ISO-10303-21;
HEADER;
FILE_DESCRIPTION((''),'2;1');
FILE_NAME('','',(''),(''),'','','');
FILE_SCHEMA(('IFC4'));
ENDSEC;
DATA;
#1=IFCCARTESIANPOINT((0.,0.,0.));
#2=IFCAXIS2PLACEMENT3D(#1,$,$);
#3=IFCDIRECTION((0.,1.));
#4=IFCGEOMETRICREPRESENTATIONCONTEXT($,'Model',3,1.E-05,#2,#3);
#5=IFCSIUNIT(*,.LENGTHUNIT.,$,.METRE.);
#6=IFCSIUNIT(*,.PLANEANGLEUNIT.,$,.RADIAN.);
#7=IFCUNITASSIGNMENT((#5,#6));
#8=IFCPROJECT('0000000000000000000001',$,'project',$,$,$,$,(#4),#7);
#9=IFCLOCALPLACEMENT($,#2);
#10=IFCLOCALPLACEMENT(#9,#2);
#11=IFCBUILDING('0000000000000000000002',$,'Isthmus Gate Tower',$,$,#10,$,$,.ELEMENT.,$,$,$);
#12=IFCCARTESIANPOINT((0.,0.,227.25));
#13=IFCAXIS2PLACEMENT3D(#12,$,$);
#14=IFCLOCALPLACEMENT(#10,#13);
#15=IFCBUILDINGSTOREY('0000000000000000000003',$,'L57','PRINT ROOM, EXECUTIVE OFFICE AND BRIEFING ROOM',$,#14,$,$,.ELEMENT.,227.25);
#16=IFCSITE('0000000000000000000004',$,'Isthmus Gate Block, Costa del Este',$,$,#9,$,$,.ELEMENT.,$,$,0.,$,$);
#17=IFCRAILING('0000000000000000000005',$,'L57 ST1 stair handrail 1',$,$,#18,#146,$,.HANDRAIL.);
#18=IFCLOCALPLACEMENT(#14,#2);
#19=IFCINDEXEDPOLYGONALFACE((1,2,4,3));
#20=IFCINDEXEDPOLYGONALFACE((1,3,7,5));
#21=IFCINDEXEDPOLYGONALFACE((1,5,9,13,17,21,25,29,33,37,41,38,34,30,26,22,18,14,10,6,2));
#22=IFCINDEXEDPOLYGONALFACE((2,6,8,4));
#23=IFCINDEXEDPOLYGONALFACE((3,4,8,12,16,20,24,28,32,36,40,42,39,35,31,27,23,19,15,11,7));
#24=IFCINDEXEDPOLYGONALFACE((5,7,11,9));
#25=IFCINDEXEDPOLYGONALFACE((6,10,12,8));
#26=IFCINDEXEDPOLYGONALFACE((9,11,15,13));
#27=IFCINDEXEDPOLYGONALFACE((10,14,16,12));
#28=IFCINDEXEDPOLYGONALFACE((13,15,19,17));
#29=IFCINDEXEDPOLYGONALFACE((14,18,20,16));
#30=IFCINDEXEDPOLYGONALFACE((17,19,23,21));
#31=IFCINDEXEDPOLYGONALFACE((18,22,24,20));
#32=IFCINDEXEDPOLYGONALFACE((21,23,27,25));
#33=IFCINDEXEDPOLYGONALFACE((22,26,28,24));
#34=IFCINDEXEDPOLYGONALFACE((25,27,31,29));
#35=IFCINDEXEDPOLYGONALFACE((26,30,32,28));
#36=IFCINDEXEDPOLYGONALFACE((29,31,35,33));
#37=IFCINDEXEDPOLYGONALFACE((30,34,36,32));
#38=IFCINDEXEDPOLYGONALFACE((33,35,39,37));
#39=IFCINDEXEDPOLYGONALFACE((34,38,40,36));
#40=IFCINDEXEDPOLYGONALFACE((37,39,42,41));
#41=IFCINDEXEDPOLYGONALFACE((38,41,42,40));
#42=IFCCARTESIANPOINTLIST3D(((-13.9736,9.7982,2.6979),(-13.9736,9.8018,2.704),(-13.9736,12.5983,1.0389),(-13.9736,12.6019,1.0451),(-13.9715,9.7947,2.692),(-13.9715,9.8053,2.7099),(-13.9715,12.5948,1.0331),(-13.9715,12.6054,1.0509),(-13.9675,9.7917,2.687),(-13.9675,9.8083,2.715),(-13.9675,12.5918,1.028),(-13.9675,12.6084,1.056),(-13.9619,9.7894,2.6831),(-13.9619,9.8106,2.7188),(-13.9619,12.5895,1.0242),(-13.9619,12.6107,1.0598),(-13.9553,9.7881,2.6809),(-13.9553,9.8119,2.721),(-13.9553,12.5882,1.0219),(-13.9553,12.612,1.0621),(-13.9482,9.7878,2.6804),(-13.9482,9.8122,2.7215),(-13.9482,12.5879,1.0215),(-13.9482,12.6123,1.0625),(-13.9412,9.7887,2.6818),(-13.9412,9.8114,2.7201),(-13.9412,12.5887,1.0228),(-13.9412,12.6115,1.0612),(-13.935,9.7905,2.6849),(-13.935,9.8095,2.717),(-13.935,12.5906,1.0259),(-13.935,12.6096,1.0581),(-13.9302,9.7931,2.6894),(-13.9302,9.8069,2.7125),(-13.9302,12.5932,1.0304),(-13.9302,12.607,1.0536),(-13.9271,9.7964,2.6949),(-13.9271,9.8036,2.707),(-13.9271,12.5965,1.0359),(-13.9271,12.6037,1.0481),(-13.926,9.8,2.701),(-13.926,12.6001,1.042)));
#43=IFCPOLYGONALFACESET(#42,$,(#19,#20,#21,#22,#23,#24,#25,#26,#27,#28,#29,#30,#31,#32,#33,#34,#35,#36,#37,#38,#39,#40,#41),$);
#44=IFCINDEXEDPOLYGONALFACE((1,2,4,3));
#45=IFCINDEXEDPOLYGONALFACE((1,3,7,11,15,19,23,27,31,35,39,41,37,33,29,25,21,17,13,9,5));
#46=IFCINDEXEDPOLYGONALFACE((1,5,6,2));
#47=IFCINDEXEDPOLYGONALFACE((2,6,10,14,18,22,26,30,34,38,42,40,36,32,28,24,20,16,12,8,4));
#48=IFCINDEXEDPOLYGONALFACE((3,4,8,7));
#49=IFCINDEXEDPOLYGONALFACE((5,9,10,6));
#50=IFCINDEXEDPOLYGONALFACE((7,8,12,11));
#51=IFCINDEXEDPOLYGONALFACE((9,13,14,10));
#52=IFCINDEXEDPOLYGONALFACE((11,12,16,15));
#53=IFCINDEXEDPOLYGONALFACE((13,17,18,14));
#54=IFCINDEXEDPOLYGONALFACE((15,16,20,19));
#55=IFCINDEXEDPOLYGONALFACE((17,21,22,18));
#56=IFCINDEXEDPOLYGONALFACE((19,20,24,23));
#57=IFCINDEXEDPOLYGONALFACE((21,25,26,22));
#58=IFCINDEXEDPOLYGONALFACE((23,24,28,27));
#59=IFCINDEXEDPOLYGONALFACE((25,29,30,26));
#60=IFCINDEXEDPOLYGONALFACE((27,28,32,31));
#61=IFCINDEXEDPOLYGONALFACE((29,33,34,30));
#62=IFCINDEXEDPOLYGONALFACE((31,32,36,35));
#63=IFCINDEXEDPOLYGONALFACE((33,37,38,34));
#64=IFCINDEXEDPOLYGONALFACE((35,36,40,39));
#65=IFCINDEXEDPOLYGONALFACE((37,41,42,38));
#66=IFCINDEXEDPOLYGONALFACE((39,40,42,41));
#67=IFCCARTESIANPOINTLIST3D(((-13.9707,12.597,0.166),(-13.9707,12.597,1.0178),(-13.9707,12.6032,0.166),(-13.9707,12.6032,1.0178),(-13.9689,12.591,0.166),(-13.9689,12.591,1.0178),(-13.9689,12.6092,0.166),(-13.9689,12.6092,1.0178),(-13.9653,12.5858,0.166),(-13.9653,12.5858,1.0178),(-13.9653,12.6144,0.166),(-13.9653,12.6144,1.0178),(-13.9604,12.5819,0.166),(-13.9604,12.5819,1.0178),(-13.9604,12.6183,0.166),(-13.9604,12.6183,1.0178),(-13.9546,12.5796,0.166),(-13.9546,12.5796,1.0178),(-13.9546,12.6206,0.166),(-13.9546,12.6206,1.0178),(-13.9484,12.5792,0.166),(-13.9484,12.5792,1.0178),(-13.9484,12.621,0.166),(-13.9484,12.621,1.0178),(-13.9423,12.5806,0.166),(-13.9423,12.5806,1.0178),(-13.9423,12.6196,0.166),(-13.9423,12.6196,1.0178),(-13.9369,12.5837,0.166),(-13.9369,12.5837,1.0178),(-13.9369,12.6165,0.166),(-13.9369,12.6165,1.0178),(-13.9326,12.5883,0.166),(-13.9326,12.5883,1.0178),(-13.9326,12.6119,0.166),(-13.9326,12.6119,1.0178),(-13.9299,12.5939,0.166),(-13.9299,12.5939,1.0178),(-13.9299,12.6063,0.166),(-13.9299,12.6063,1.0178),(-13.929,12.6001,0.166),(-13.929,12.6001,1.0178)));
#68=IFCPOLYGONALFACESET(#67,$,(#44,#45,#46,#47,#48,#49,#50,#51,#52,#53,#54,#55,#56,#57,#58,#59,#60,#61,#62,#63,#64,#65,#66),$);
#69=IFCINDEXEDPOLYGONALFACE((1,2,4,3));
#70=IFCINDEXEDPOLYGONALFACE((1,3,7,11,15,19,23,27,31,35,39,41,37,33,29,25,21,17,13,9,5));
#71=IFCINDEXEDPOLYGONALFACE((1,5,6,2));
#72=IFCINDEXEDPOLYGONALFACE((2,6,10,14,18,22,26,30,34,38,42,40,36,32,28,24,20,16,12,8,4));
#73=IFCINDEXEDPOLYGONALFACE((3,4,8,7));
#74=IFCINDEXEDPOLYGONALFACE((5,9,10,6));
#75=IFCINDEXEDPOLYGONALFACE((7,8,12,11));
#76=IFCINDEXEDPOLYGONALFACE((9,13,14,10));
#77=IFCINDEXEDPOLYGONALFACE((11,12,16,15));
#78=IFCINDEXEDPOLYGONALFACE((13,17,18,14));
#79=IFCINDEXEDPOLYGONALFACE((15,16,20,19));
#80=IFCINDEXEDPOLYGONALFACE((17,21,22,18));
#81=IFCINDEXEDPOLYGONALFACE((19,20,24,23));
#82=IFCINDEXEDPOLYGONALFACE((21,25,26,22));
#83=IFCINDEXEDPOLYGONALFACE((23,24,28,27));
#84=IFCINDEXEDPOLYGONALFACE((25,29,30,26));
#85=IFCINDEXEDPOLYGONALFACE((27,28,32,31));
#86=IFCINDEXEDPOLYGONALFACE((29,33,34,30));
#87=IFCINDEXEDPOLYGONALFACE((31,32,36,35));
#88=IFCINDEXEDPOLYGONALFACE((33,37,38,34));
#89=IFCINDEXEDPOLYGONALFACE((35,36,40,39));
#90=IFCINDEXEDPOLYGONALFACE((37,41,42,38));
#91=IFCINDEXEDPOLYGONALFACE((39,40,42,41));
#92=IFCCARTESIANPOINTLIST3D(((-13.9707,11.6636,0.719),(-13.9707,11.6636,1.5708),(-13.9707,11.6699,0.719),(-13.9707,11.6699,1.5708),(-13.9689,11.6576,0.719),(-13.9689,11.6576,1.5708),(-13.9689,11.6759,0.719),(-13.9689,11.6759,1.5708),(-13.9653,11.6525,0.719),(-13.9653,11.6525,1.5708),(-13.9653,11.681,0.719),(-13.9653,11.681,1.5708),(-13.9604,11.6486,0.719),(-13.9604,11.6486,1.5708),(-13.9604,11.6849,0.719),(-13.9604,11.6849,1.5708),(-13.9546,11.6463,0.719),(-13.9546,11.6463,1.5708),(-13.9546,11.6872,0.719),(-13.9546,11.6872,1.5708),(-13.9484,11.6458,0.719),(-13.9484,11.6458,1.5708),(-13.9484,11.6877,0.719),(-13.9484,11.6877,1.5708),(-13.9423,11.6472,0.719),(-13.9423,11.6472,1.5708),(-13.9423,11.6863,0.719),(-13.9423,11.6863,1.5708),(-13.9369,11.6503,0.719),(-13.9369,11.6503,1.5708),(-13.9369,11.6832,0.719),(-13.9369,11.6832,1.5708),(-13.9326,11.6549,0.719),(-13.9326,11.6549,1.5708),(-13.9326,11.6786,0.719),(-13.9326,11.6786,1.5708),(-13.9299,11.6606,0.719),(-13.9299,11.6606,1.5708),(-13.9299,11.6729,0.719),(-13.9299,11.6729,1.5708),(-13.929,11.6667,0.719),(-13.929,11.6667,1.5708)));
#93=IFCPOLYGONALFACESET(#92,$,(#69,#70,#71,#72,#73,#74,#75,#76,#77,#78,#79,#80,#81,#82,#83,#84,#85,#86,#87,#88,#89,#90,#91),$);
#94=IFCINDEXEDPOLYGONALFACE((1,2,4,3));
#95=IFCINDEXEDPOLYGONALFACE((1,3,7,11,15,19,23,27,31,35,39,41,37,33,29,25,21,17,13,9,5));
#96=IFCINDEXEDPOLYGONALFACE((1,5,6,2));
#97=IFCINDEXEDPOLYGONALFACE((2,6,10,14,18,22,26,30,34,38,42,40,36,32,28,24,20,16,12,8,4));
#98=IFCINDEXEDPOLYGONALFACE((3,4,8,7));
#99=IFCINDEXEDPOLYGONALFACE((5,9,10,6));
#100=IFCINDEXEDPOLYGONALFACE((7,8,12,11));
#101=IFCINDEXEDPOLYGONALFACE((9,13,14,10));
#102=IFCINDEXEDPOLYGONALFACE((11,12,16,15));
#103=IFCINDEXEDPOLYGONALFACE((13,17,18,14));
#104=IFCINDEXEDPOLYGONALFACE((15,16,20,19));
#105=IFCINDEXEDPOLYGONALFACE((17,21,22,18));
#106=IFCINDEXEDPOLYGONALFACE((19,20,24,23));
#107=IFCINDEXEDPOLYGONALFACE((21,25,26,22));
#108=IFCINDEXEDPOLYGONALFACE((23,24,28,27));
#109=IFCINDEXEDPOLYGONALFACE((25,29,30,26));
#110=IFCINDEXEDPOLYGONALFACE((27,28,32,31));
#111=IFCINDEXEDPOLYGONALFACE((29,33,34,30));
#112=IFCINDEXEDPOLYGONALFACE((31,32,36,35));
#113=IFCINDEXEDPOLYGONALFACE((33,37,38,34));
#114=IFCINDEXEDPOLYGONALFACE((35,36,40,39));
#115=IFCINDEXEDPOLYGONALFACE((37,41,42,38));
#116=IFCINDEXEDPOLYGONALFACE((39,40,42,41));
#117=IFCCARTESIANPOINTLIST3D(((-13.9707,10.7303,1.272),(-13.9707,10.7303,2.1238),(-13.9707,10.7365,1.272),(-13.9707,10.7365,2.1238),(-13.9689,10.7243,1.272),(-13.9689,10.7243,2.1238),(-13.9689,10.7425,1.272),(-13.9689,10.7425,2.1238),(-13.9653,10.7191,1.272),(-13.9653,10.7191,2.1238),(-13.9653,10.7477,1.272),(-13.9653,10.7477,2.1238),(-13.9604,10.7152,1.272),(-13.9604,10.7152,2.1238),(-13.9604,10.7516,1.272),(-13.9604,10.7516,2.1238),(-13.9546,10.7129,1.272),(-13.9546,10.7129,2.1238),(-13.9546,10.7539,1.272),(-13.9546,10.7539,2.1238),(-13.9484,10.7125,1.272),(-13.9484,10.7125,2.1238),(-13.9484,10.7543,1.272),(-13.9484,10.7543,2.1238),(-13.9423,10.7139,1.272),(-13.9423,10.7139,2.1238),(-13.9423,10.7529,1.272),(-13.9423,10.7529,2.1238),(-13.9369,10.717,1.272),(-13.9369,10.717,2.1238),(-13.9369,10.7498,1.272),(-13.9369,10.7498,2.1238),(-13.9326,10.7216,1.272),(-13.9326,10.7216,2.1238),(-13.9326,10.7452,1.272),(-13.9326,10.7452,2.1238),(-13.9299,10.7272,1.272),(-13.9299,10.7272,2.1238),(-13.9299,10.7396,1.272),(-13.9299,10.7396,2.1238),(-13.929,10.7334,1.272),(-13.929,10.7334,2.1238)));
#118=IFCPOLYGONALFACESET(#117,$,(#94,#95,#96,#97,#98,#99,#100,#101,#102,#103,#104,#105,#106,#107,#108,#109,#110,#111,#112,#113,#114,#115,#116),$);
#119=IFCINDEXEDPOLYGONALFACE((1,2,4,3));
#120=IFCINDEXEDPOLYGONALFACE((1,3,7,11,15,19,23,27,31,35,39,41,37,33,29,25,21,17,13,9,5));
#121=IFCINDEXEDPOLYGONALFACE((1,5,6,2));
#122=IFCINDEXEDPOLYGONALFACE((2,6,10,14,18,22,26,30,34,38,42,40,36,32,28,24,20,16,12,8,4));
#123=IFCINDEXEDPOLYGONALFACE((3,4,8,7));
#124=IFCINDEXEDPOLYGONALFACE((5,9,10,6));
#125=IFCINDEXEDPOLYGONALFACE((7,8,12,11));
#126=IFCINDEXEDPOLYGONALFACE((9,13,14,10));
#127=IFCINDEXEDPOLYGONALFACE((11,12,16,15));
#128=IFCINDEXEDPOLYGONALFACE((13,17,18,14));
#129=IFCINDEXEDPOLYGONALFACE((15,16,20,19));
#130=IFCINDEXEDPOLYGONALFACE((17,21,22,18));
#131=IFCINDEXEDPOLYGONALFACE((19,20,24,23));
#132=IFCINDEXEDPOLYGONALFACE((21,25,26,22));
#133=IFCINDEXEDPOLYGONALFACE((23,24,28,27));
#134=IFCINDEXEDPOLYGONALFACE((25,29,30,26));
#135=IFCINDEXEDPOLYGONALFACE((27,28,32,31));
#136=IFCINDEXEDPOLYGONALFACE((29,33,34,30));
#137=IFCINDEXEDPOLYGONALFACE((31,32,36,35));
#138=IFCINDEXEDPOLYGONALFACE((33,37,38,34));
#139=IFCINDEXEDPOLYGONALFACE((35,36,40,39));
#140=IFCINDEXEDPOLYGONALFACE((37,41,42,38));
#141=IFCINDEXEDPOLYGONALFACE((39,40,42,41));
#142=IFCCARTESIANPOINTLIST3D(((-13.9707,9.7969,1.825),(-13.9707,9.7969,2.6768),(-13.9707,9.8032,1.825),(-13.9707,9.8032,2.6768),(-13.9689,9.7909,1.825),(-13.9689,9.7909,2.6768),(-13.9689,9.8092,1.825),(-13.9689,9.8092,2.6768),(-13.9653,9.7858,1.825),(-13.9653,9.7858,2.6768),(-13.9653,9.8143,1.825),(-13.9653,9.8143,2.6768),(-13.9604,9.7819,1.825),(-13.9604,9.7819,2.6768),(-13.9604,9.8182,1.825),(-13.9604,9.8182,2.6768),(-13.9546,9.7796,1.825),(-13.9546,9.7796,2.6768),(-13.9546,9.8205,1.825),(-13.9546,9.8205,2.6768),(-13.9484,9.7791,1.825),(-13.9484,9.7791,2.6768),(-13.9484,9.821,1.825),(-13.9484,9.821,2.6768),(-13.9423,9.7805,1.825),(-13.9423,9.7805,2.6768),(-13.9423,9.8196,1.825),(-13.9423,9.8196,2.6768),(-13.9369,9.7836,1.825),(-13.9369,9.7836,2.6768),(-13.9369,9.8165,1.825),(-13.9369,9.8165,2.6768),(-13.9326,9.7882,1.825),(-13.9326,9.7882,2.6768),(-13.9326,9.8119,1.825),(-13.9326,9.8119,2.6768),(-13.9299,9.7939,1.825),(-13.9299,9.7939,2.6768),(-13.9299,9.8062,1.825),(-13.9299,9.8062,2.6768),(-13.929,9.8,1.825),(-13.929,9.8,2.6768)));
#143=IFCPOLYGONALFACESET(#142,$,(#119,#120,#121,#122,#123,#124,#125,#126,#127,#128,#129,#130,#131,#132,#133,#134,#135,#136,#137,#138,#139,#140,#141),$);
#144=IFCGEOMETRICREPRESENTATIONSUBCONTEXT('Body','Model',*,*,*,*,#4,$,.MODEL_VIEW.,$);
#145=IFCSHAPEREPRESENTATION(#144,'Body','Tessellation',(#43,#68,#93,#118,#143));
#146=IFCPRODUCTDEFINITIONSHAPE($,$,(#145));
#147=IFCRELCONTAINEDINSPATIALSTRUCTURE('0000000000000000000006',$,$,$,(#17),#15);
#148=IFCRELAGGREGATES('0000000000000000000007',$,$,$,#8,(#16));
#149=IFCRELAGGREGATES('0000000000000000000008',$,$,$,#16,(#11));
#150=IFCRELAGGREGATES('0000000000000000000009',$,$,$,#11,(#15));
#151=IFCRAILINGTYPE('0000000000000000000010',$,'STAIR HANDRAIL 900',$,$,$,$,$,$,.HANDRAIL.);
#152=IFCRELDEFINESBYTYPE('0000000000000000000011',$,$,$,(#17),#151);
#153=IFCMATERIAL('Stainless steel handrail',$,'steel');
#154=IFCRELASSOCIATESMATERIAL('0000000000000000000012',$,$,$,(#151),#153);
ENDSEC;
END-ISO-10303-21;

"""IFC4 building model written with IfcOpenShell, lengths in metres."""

from ifc_helpers import new_model, si_unit, direction, frame, origin, origin_2d, place, context, subcontext, project, spatial, circle, extrude, material, type_object, element, save


model = new_model("IFC4")

# Units and contexts
model_context = context("Model", 3, precision=1e-05, world=origin(), true_north=direction((0.0, 1.0)))
body_context = subcontext(model_context, "Body", "Model", "MODEL_VIEW")
ifc_project = project(units=[si_unit("LENGTHUNIT", "METRE"), si_unit("PLANEANGLEUNIT", "RADIAN")], contexts=[model_context])

# Site, building, storey
site_placement = place(None, origin())
site = spatial("IfcSite", under=ifc_project, at=site_placement, Name="Isthmus Gate Block, Costa del Este", CompositionType="ELEMENT", RefElevation=0.0)
building_placement = place(site_placement, origin())
building = spatial("IfcBuilding", under=site, at=building_placement, Name="Isthmus Gate Tower", CompositionType="ELEMENT")
storey_placement = place(building_placement, frame((0.0, 0.0, 227.25)))
storey = spatial("IfcBuildingStorey", under=building, at=storey_placement, Name="L57", Description="PRINT ROOM, EXECUTIVE OFFICE AND BRIEFING ROOM", CompositionType="ELEMENT", Elevation=227.25)

# Railing
ifc_material_1 = material(Name="Stainless steel handrail", Category="steel")
railing_type = type_object("IfcRailingType", Name="STAIR HANDRAIL 900", PredefinedType="HANDRAIL", material=ifc_material_1)
for number, where, name in (
    (1, (-13.95, 12.6001, 0.166), "L57 ST1 stair handrail 1"),
):
    element("IfcRailing", number, at=place(storey_placement, frame(where)), inside=storey, type_object=railing_type, Name=name, PredefinedType="HANDRAIL", context=body_context, shape_type="SweptSolid", body=[
        extrude(circle(Radius=0.0239, at=origin_2d()), frame((0.0, 0.0, 0.876), z_axis=(0.0, -0.860339, 0.509722), x_axis=(1.0, 0.0, 0.0)), (0.0, 0.0, 1.0), 3.2546),
        extrude(circle(Radius=0.021, at=origin_2d()), origin(), (0.0, 0.0, 1.0), 0.8518),
        extrude(circle(Radius=0.021, at=origin_2d()), frame((0.0, -0.9333, 0.553)), (0.0, 0.0, 1.0), 0.8518),
        extrude(circle(Radius=0.021, at=origin_2d()), frame((0.0, -1.8667, 1.106)), (0.0, 0.0, 1.0), 0.8518),
        extrude(circle(Radius=0.021, at=origin_2d()), frame((0.0, -2.8, 1.6589)), (0.0, 0.0, 1.0), 0.8518),
    ])

save(model, "model.ifc")
